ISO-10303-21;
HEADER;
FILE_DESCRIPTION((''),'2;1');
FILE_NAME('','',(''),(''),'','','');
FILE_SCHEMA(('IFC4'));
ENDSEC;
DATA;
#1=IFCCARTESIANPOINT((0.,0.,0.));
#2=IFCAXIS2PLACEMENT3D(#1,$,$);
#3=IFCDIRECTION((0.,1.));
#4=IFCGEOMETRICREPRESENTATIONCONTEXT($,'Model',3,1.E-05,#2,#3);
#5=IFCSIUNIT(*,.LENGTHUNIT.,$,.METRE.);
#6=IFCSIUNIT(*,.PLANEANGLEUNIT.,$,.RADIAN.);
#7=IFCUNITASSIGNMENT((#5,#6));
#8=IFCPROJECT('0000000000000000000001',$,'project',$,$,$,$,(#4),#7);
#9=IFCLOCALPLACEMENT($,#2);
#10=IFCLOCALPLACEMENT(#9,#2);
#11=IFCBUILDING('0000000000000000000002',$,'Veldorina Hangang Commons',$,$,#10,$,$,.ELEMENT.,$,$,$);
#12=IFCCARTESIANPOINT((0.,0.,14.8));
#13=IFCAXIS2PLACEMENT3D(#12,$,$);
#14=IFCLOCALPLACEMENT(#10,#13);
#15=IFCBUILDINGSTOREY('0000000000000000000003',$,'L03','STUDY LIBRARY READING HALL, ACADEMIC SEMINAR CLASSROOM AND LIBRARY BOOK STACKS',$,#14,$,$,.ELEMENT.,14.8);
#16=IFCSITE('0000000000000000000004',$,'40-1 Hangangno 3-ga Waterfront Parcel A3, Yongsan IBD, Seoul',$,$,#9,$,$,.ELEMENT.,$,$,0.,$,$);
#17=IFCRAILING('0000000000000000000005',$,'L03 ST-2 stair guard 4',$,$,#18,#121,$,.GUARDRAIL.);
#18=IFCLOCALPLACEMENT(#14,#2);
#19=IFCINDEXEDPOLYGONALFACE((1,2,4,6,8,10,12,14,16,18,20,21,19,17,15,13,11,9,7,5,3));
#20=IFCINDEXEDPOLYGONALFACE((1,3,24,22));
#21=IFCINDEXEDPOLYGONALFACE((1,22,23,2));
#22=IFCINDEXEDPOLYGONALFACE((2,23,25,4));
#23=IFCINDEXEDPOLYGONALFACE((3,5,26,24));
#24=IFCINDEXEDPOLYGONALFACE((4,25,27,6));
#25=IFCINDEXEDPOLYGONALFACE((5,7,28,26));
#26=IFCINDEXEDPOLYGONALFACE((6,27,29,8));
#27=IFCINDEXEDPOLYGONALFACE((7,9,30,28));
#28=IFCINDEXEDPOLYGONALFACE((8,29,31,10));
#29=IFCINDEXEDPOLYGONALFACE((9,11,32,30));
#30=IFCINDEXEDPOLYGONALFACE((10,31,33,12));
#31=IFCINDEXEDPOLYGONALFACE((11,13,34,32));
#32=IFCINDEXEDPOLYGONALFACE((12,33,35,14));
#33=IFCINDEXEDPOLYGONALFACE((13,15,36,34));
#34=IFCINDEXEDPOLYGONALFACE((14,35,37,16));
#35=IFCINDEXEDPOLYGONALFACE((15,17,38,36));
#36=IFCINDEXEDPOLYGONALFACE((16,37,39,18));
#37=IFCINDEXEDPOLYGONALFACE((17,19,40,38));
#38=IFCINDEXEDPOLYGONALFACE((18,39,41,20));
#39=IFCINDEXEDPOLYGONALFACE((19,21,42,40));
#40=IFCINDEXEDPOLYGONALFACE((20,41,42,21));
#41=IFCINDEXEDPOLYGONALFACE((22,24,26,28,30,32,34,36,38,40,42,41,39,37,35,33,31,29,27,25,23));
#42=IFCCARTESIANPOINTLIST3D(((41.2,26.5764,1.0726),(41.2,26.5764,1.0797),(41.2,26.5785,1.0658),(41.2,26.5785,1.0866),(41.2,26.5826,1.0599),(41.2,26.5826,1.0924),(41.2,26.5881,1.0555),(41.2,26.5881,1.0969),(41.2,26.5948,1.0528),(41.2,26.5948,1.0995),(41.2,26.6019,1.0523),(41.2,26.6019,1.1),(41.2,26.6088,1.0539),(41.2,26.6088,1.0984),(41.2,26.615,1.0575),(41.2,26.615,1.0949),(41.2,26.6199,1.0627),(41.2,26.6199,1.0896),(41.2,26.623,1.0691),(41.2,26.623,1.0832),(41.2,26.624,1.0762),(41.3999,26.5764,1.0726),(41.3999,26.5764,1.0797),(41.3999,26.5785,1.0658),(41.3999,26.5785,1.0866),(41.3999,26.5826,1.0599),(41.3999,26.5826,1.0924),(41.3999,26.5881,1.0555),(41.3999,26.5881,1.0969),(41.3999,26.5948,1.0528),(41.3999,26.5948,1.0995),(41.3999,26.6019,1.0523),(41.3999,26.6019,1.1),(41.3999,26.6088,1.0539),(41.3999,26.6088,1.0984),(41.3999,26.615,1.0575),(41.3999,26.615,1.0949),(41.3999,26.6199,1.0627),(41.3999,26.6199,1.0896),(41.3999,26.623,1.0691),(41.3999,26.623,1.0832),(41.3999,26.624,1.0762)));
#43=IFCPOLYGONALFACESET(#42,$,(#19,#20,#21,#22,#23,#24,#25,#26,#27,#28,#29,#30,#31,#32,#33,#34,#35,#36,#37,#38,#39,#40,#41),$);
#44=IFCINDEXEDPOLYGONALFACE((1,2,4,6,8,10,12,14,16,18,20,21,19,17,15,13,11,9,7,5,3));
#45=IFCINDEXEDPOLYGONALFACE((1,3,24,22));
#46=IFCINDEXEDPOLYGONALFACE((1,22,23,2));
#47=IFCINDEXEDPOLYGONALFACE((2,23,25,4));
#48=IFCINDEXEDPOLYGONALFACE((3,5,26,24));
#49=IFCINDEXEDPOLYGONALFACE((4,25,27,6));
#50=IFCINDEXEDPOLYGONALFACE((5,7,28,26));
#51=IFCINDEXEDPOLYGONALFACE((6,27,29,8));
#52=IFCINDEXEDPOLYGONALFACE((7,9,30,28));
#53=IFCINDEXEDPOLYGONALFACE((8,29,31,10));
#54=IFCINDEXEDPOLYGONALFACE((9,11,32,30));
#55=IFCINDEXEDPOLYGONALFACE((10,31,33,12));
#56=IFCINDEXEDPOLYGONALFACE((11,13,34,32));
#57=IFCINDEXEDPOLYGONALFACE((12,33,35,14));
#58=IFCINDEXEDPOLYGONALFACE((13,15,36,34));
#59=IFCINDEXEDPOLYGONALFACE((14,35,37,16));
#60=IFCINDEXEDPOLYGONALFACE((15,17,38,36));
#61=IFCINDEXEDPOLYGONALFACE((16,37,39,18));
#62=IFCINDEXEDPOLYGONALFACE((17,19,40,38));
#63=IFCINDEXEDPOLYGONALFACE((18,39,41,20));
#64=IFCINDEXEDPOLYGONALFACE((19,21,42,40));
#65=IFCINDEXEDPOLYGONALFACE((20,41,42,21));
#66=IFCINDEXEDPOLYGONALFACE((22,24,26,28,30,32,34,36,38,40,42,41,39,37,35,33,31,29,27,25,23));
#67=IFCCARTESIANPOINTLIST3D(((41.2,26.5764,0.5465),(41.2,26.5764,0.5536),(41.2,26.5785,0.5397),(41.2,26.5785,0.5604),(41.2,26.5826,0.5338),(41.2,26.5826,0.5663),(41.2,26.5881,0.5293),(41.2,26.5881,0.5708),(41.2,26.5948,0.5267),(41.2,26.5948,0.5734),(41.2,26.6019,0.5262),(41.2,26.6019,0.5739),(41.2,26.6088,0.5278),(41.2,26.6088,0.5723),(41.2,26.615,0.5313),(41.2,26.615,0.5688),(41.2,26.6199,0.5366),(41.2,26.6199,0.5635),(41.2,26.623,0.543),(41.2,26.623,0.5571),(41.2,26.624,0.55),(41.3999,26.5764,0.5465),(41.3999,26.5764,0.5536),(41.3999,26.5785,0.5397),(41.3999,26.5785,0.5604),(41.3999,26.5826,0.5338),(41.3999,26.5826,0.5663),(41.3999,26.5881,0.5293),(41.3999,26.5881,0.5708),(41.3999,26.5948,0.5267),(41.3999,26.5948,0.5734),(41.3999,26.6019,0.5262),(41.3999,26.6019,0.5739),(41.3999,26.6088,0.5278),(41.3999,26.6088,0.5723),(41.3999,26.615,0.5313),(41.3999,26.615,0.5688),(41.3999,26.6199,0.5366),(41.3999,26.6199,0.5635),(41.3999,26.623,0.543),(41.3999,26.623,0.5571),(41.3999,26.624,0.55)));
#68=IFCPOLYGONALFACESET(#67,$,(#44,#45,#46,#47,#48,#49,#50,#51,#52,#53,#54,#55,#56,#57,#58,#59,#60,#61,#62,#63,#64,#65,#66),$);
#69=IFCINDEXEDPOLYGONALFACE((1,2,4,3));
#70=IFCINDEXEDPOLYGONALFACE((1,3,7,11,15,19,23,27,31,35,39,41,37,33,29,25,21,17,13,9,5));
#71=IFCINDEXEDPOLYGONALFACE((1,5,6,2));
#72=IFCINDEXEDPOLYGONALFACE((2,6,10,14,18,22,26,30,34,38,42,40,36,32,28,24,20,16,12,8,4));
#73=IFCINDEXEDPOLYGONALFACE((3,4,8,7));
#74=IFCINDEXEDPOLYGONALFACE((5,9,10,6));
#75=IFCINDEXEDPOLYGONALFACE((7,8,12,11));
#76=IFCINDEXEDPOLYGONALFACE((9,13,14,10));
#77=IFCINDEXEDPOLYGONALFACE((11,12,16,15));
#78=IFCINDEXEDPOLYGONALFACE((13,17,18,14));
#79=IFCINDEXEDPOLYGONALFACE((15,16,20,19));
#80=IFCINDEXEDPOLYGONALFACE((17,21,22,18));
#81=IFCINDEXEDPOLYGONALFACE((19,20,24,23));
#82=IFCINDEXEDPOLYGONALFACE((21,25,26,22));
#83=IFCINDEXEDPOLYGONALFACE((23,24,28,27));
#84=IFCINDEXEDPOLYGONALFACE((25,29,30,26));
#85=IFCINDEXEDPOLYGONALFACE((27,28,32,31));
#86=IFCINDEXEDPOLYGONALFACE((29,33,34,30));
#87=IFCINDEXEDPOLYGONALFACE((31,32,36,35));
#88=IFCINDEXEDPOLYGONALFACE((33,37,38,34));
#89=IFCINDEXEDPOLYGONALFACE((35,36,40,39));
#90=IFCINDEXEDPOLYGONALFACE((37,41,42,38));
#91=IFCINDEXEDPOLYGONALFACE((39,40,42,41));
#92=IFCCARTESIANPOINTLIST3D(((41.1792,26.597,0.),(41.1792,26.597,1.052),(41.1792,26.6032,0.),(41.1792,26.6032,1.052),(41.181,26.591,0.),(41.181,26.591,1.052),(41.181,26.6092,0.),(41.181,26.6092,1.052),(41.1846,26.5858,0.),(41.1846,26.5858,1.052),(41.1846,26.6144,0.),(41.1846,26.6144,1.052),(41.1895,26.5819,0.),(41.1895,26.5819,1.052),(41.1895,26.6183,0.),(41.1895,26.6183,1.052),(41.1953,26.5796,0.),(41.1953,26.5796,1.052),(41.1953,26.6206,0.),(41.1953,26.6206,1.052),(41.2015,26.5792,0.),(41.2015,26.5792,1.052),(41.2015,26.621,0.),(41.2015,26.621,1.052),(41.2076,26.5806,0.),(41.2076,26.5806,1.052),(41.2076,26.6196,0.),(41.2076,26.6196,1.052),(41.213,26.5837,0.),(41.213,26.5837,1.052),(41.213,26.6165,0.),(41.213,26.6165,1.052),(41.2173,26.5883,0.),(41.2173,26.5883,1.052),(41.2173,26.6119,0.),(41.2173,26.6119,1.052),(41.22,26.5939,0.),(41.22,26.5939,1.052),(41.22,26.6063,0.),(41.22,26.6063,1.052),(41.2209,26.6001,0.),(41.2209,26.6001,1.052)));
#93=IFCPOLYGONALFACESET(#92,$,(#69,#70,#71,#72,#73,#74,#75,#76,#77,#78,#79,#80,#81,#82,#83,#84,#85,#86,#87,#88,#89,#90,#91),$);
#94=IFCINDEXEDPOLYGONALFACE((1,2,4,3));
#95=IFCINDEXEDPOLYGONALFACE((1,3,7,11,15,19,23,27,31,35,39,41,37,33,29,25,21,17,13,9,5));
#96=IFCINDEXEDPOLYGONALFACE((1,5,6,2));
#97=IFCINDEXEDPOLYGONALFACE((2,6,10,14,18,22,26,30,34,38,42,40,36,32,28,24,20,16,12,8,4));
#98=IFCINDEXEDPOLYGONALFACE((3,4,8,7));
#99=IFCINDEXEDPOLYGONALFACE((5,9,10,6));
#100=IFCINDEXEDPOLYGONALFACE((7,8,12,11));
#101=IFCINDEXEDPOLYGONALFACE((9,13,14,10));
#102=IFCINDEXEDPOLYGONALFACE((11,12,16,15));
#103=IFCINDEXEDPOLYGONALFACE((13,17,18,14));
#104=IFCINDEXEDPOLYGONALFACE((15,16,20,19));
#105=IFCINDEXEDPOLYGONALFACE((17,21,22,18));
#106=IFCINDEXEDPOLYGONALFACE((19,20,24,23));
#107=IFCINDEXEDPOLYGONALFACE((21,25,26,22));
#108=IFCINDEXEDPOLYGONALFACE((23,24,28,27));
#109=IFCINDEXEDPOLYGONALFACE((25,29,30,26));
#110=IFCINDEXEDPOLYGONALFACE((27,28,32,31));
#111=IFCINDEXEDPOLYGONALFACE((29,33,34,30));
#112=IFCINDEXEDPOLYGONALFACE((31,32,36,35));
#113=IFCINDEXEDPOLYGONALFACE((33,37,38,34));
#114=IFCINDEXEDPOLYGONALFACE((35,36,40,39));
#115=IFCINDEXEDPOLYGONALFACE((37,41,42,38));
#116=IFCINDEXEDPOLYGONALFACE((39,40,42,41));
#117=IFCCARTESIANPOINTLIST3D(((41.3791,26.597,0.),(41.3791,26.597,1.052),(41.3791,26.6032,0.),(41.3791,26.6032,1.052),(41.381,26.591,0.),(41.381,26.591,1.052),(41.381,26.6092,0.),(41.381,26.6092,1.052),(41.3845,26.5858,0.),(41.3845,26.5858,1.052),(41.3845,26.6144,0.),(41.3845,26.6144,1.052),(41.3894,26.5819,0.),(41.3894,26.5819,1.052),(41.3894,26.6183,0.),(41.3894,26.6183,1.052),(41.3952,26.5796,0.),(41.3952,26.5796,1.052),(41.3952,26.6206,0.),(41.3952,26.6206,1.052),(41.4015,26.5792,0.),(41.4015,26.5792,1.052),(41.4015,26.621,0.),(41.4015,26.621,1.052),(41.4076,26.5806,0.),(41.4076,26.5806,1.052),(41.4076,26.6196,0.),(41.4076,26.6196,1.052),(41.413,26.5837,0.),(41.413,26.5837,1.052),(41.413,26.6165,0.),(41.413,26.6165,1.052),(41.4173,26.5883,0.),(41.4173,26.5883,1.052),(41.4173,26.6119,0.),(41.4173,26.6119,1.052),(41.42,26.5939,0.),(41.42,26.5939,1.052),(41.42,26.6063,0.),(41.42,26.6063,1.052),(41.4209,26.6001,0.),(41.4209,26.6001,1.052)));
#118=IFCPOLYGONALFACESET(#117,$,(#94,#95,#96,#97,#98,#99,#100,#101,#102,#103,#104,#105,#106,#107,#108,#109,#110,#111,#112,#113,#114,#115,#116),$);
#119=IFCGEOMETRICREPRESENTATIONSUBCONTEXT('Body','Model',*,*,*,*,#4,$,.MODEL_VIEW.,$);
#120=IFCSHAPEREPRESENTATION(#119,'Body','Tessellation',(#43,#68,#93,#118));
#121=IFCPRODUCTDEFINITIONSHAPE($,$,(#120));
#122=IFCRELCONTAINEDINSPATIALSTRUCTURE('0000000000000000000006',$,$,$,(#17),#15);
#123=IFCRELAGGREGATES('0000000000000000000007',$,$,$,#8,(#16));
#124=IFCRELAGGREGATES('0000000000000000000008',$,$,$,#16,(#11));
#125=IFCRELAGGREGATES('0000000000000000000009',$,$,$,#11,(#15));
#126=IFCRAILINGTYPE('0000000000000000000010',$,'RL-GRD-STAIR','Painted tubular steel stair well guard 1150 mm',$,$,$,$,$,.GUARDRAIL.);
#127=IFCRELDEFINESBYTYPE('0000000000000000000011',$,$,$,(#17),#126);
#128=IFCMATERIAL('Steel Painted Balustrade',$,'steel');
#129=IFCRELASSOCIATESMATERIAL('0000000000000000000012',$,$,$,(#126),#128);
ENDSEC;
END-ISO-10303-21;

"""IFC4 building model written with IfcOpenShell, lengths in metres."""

from ifc_helpers import new_model, si_unit, direction, frame, origin, origin_2d, place, context, subcontext, project, spatial, circle, extrude, material, type_object, element, save


model = new_model("IFC4")

# Units and contexts
model_context = context("Model", 3, precision=1e-05, world=origin(), true_north=direction((0.0, 1.0)))
body_context = subcontext(model_context, "Body", "Model", "MODEL_VIEW")
ifc_project = project(units=[si_unit("LENGTHUNIT", "METRE"), si_unit("PLANEANGLEUNIT", "RADIAN")], contexts=[model_context])

# Site, building, storey
site_placement = place(None, origin())
site = spatial("IfcSite", under=ifc_project, at=site_placement, Name="40-1 Hangangno 3-ga Waterfront Parcel A3, Yongsan IBD, Seoul", CompositionType="ELEMENT", RefElevation=0.0)
building_placement = place(site_placement, origin())
building = spatial("IfcBuilding", under=site, at=building_placement, Name="Veldorina Hangang Commons", CompositionType="ELEMENT")
storey_placement = place(building_placement, frame((0.0, 0.0, 14.8)))
storey = spatial("IfcBuildingStorey", under=building, at=storey_placement, Name="L03", Description="STUDY LIBRARY READING HALL, ACADEMIC SEMINAR CLASSROOM AND LIBRARY BOOK STACKS", CompositionType="ELEMENT", Elevation=14.8)

# Railing
ifc_material_1 = material(Name="Steel Painted Balustrade", Category="steel")
railing_type_1 = type_object("IfcRailingType", Name="RL-GRD-STAIR", Description="Painted tubular steel stair well guard 1150 mm", PredefinedType="GUARDRAIL", material=ifc_material_1)
railing_1_placement = place(storey_placement, frame((41.2, 26.6001, 0.0)))
element("IfcRailing", 1, at=railing_1_placement, inside=storey, type_object=railing_type_1, Name="L03 ST-2 stair guard 4", PredefinedType="GUARDRAIL", context=body_context, shape_type="SweptSolid", body=[
    extrude(circle(Radius=0.0239, at=origin_2d()), frame((0.0, 0.0, 1.0762), z_axis=(1.0, 0.0, 0.0), x_axis=(0.0, 1.0, 0.0)), (0.0, 0.0, 1.0), 0.2),
    extrude(circle(Radius=0.0239, at=origin_2d()), frame((0.0, 0.0, 0.55), z_axis=(1.0, 0.0, 0.0), x_axis=(0.0, 1.0, 0.0)), (0.0, 0.0, 1.0), 0.2),
    extrude(circle(Radius=0.021, at=origin_2d()), origin(), (0.0, 0.0, 1.0), 1.052),
    extrude(circle(Radius=0.021, at=origin_2d()), frame((0.2, 0.0, 0.0)), (0.0, 0.0, 1.0), 1.052),
])

save(model, "model.ifc")
